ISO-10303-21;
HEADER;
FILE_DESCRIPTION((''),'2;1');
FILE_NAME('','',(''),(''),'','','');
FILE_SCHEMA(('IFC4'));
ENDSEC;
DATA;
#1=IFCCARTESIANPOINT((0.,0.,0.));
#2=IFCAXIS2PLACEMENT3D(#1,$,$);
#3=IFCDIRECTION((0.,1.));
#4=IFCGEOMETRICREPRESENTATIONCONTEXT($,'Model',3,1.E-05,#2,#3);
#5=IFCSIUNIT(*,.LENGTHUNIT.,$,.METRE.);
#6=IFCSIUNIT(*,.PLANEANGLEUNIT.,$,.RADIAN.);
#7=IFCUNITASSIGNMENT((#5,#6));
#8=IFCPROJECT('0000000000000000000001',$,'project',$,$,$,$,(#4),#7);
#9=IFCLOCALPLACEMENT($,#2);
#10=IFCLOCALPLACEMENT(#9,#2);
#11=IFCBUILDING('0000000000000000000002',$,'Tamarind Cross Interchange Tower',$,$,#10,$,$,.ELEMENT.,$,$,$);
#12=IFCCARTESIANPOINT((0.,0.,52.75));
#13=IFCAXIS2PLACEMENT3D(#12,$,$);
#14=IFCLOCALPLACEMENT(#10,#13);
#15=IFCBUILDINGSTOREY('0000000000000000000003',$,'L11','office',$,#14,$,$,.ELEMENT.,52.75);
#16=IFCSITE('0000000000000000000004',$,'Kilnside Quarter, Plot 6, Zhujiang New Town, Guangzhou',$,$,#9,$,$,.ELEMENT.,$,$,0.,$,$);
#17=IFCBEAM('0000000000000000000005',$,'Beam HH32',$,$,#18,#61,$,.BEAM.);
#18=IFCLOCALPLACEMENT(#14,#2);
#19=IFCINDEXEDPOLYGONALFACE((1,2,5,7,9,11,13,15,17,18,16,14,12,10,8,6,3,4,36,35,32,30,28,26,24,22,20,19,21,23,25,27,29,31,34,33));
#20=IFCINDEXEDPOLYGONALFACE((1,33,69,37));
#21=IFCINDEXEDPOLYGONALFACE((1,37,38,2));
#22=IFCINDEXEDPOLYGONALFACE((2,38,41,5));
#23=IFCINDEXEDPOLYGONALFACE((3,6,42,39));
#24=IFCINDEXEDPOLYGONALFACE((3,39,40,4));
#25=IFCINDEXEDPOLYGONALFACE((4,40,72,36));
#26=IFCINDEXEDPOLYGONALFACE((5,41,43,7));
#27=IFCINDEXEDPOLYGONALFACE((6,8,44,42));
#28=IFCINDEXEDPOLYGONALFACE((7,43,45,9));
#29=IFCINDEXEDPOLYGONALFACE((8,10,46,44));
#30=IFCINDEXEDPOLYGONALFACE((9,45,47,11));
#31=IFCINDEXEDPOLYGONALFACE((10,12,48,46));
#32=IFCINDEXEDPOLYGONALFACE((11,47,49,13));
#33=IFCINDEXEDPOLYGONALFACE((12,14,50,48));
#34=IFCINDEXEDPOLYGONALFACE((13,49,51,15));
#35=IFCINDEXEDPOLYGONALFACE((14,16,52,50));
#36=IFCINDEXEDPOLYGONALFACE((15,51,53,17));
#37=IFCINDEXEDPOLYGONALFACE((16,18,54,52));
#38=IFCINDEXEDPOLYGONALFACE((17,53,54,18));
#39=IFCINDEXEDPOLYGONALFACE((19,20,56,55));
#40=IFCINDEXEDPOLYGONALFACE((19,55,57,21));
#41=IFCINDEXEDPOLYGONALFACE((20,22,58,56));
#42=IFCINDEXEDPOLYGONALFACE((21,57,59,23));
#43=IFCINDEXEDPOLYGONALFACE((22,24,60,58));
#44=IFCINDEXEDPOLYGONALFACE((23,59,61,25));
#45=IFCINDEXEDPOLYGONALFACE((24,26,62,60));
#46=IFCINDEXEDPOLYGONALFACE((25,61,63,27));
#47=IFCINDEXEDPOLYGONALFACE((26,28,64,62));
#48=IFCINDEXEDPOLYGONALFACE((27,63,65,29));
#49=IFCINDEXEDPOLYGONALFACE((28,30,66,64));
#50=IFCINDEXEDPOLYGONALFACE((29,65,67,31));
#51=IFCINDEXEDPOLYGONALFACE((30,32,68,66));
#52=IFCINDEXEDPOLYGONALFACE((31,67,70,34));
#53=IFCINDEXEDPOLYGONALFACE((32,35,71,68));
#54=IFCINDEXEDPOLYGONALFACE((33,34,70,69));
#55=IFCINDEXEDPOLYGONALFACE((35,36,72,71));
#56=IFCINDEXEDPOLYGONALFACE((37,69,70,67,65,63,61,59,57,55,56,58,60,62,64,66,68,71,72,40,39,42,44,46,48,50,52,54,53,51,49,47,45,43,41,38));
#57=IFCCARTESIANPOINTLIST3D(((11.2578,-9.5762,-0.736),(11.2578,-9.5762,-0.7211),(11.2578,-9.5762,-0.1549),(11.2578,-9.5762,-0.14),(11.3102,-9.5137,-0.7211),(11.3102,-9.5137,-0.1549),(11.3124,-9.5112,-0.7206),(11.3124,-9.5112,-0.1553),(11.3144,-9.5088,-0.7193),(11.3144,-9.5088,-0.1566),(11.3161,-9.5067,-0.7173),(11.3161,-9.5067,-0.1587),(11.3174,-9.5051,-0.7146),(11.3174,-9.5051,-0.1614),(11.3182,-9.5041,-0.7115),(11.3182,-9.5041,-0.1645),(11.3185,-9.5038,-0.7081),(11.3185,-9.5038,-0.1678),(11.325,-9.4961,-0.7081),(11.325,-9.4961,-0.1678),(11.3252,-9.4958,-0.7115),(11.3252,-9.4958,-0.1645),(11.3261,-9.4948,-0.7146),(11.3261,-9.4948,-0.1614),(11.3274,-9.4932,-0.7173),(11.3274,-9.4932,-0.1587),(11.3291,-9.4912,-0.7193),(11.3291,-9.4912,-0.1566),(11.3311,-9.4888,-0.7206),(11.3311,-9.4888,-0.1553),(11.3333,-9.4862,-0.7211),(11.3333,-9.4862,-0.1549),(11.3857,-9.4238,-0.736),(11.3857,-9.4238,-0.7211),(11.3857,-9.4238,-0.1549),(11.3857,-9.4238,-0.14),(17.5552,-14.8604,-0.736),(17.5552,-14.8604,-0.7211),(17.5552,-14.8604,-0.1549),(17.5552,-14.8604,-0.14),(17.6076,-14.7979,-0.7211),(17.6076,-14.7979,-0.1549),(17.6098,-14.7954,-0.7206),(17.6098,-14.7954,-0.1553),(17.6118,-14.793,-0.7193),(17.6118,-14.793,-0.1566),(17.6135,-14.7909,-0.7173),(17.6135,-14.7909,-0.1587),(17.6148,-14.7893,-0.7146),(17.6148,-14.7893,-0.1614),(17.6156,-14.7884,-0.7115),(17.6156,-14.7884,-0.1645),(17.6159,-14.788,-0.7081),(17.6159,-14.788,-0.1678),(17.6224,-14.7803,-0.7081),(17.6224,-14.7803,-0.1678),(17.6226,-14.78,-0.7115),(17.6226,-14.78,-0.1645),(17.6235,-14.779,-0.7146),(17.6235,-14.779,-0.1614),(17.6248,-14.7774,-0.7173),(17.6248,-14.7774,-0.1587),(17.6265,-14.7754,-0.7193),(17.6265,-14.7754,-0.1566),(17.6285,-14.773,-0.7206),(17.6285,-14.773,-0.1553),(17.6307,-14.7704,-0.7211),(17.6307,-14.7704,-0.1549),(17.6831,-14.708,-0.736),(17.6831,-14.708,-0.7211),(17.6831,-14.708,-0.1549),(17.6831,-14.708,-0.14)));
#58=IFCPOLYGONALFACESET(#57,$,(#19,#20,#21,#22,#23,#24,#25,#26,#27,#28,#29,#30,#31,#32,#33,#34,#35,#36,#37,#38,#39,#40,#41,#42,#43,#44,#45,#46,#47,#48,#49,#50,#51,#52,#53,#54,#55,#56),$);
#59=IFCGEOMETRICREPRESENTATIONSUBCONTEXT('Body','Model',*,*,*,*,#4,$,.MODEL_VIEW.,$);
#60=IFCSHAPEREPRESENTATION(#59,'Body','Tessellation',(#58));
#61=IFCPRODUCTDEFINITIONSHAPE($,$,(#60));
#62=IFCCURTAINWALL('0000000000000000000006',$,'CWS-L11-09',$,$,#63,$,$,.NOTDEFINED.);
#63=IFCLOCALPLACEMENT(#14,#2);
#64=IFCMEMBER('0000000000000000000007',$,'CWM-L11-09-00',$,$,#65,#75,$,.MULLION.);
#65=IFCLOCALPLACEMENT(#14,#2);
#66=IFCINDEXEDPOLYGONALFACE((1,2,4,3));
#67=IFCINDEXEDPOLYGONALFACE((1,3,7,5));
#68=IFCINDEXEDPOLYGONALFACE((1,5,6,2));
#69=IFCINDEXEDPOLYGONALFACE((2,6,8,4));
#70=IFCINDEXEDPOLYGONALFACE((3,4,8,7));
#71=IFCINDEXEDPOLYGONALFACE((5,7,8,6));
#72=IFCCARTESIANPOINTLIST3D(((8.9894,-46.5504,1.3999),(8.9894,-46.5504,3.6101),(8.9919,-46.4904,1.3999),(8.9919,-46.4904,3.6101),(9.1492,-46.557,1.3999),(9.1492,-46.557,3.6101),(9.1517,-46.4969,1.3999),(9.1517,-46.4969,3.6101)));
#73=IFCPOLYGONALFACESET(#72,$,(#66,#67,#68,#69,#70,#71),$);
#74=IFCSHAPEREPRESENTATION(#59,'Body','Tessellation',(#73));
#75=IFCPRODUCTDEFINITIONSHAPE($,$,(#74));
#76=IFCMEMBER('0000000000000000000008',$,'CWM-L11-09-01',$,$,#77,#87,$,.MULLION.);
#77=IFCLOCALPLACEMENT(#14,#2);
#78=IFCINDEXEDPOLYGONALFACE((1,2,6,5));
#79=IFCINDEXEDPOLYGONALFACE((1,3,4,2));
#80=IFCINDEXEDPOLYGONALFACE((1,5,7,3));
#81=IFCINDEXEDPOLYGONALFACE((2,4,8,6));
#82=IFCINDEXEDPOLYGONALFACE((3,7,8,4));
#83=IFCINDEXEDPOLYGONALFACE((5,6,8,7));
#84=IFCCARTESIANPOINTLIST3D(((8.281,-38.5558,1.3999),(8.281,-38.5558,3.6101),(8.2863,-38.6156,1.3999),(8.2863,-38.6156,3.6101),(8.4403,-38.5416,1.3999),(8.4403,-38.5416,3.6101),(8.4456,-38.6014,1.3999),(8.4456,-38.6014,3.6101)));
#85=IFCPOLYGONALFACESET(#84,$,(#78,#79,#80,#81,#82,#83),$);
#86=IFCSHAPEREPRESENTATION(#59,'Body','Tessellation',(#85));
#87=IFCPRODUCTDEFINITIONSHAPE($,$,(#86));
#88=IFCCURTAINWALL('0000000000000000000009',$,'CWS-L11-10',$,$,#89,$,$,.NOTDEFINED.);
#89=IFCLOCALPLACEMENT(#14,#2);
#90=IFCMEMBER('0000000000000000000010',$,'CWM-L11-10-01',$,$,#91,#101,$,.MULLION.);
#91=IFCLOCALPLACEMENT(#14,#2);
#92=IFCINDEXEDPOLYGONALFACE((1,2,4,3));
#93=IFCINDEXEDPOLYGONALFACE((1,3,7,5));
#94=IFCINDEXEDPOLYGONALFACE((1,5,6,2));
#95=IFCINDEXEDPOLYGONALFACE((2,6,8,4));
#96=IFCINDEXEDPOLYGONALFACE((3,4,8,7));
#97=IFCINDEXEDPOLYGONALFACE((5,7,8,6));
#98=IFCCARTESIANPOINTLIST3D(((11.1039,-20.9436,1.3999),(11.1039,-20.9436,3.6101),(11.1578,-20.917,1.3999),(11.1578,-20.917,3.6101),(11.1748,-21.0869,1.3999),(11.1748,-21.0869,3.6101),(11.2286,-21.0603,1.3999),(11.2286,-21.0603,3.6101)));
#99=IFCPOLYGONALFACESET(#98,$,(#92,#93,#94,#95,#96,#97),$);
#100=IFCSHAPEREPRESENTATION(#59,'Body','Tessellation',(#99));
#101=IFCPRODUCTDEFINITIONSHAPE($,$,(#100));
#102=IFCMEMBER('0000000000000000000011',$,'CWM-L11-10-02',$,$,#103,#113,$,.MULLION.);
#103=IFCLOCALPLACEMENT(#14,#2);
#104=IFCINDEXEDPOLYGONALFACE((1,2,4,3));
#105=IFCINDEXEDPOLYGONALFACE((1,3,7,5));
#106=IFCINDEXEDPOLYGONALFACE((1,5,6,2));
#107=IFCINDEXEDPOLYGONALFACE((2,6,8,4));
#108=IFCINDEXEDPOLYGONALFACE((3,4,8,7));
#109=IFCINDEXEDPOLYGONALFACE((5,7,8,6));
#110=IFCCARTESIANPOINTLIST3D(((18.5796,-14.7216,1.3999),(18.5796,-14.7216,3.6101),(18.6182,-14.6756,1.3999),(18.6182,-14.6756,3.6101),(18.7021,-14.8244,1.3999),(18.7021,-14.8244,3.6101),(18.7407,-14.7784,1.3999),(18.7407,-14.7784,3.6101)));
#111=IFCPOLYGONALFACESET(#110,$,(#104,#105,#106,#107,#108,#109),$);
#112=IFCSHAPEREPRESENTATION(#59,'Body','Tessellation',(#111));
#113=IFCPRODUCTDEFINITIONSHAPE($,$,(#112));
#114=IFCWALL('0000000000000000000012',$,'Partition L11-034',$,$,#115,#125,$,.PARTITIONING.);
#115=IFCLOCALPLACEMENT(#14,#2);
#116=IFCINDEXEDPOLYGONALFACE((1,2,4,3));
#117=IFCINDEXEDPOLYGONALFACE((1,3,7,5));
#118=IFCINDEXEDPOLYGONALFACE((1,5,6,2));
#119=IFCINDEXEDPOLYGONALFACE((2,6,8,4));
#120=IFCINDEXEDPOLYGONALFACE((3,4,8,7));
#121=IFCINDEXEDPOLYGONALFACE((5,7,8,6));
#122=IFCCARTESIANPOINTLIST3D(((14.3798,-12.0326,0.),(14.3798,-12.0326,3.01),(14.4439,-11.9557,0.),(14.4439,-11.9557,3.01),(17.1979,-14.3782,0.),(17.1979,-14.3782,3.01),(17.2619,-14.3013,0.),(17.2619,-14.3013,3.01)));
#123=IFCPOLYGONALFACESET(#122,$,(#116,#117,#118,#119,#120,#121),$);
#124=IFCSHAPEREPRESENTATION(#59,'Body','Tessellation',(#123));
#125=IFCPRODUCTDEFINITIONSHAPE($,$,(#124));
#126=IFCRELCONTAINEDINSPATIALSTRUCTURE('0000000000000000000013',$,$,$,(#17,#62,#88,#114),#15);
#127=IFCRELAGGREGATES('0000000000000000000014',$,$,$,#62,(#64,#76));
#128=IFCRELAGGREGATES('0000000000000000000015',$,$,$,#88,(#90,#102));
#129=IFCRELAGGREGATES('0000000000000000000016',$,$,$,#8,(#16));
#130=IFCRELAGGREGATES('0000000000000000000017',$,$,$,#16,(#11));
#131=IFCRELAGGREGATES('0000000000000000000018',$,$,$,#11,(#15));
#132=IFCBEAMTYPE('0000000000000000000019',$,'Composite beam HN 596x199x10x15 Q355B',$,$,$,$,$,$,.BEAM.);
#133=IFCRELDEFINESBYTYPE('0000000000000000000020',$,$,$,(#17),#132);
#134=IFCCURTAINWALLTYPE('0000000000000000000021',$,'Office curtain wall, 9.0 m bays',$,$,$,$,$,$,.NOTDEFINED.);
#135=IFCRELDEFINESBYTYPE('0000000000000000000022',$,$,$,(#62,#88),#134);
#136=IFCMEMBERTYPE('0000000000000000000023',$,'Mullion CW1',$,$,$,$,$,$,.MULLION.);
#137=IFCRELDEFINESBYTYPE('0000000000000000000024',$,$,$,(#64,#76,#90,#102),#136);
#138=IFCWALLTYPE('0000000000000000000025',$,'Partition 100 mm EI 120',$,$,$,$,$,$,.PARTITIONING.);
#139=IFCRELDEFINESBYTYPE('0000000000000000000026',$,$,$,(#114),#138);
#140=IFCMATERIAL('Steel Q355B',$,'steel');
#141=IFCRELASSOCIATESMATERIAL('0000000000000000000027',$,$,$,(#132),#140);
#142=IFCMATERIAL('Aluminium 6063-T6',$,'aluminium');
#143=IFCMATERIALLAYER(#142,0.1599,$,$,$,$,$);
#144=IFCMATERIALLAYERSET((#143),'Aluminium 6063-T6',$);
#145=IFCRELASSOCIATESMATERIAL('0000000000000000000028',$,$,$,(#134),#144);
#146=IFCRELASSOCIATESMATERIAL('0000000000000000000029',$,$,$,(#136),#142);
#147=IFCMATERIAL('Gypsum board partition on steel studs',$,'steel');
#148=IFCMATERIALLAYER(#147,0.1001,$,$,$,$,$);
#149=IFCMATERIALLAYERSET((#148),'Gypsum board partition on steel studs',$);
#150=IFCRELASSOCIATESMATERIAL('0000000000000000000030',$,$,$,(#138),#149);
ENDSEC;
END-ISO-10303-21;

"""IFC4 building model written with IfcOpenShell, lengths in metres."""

from ifc_helpers import new_model, si_unit, direction, frame, frame_2d, origin, origin_2d, place, context, subcontext, project, spatial, rectangle, i_section, extrude, material, layer, layer_set, material_profile, profile_set, type_object, element, aggregate, save


model = new_model("IFC4")

# Units and contexts
model_context = context("Model", 3, precision=1e-05, world=origin(), true_north=direction((0.0, 1.0)))
body_context = subcontext(model_context, "Body", "Model", "MODEL_VIEW")
ifc_project = project(units=[si_unit("LENGTHUNIT", "METRE"), si_unit("PLANEANGLEUNIT", "RADIAN")], contexts=[model_context])

# Site, building, storey
site_placement = place(None, origin())
site = spatial("IfcSite", under=ifc_project, at=site_placement, Name="Kilnside Quarter, Plot 6, Zhujiang New Town, Guangzhou", CompositionType="ELEMENT", RefElevation=0.0)
building_placement = place(site_placement, origin())
building = spatial("IfcBuilding", under=site, at=building_placement, Name="Tamarind Cross Interchange Tower", CompositionType="ELEMENT")
storey_placement = place(building_placement, frame((0.0, 0.0, 52.75)))
storey = spatial("IfcBuildingStorey", under=building, at=storey_placement, Name="L11", Description="office", CompositionType="ELEMENT", Elevation=52.75)

# Beam
ifc_material_1 = material(Name="Steel Q355B", Category="steel")
ifc_material_profile_1 = material_profile(ifc_material_1, i_section(OverallWidth=0.199, OverallDepth=0.5959, WebThickness=0.01, FlangeThickness=0.0149, FilletRadius=0.0129, at=origin_2d()), Name="HN 596x199x10x15")
ifc_profile_set_1 = profile_set([ifc_material_profile_1], Name="Steel Q355B")
beam_type_1 = type_object("IfcBeamType", Name="Composite beam HN 596x199x10x15 Q355B", PredefinedType="BEAM", material=ifc_profile_set_1)
beam_1_placement = place(storey_placement, frame((17.6191, -14.7842, -0.438), z_axis=(-0.766041, 0.642792, 0.0), x_axis=(-0.642792, -0.766041, 0.0)))
element("IfcBeam", 1, at=beam_1_placement, inside=storey, type_object=beam_type_1, Name="Beam HH32", PredefinedType="BEAM", context=body_context, shape_type="SweptSolid", body=[
    extrude(i_section(OverallWidth=0.199, OverallDepth=0.5959, WebThickness=0.01, FlangeThickness=0.0149, FilletRadius=0.0129, at=origin_2d()), origin(), (0.0, 0.0, 1.0), 8.2207),
])

# Curtain walls, members
ifc_material_2 = material(Name="Aluminium 6063-T6", Category="aluminium")
ifc_layer_1 = layer(ifc_material_2, 0.1599)
ifc_layer_set_1 = layer_set([ifc_layer_1], Name="Aluminium 6063-T6")
curtain_wall_type = type_object("IfcCurtainWallType", Name="Office curtain wall, 9.0 m bays", PredefinedType="NOTDEFINED", material=ifc_layer_set_1)
curtain_wall_1_placement = place(storey_placement, origin())
curtain_wall_1 = element("IfcCurtainWall", 2, at=curtain_wall_1_placement, inside=storey, type_object=curtain_wall_type, Name="CWS-L11-09", PredefinedType="NOTDEFINED")
ifc_material_profile_2 = material_profile(ifc_material_2, rectangle(XDim=0.0601, YDim=0.1599, at=origin_2d()), Name="Mullion CW1")
ifc_profile_set_2 = profile_set([ifc_material_profile_2], Name="Aluminium 6063-T6")
member_type = type_object("IfcMemberType", Name="Mullion CW1", PredefinedType="MULLION", material=ifc_profile_set_2)
member_1_placement = place(storey_placement, frame((9.0706, -46.5237, 1.3999), z_axis=(0.0, 0.0, 1.0), x_axis=(0.0409, 0.999163, 0.0)))
member_1 = element("IfcMember", 3, at=member_1_placement, type_object=member_type, Name="CWM-L11-09-00", PredefinedType="MULLION", context=body_context, shape_type="SweptSolid", body=[
    extrude(rectangle(XDim=0.0601, YDim=0.1599, at=origin_2d()), origin(), (0.0, 0.0, 1.0), 2.2102),
])
member_2_placement = place(storey_placement, frame((8.3633, -38.5786, 1.3999), z_axis=(0.0, 0.0, 1.0), x_axis=(-0.088684, 0.99606, 0.0)))
member_2 = element("IfcMember", 4, at=member_2_placement, type_object=member_type, Name="CWM-L11-09-01", PredefinedType="MULLION", context=body_context, shape_type="SweptSolid", body=[
    extrude(rectangle(XDim=0.0601, YDim=0.1599, at=origin_2d()), origin(), (0.0, 0.0, 1.0), 2.2102),
])
aggregate(curtain_wall_1, [member_1, member_2])
curtain_wall_2_placement = place(storey_placement, origin())
curtain_wall_2 = element("IfcCurtainWall", 5, at=curtain_wall_2_placement, inside=storey, type_object=curtain_wall_type, Name="CWS-L11-10", PredefinedType="NOTDEFINED")
member_3_placement = place(storey_placement, frame((11.1663, -21.002, 1.3999), z_axis=(0.0, 0.0, 1.0), x_axis=(0.896493, 0.443059, 0.0)))
member_3 = element("IfcMember", 6, at=member_3_placement, type_object=member_type, Name="CWM-L11-10-01", PredefinedType="MULLION", context=body_context, shape_type="SweptSolid", body=[
    extrude(rectangle(XDim=0.0601, YDim=0.1599, at=origin_2d()), origin(), (0.0, 0.0, 1.0), 2.2102),
])
member_4_placement = place(storey_placement, frame((18.6602, -14.75, 1.3999), z_axis=(0.0, 0.0, 1.0), x_axis=(0.643009, 0.765858, 0.0)))
member_4 = element("IfcMember", 7, at=member_4_placement, type_object=member_type, Name="CWM-L11-10-02", PredefinedType="MULLION", context=body_context, shape_type="SweptSolid", body=[
    extrude(rectangle(XDim=0.0601, YDim=0.1599, at=origin_2d()), origin(), (0.0, 0.0, 1.0), 2.2102),
])
aggregate(curtain_wall_2, [member_3, member_4])

# Wall
ifc_material_3 = material(Name="Gypsum board partition on steel studs", Category="steel")
ifc_layer_2 = layer(ifc_material_3, 0.1001)
ifc_layer_set_2 = layer_set([ifc_layer_2], Name="Gypsum board partition on steel studs")
wall_type = type_object("IfcWallType", Name="Partition 100 mm EI 120", PredefinedType="PARTITIONING", material=ifc_layer_set_2)
wall_placement = place(storey_placement, frame((14.4119, -11.9941, 0.0), z_axis=(0.0, 0.0, 1.0), x_axis=(0.768587, -0.639745, 0.0)))
element("IfcWall", 8, at=wall_placement, inside=storey, type_object=wall_type, Name="Partition L11-034", PredefinedType="PARTITIONING", context=body_context, shape_type="SweptSolid", body=[
    extrude(rectangle(XDim=3.6665, YDim=0.1001, at=frame_2d((1.8333, 0.0))), origin(), (0.0, 0.0, 1.0), 3.01),
])

save(model, "model.ifc")
